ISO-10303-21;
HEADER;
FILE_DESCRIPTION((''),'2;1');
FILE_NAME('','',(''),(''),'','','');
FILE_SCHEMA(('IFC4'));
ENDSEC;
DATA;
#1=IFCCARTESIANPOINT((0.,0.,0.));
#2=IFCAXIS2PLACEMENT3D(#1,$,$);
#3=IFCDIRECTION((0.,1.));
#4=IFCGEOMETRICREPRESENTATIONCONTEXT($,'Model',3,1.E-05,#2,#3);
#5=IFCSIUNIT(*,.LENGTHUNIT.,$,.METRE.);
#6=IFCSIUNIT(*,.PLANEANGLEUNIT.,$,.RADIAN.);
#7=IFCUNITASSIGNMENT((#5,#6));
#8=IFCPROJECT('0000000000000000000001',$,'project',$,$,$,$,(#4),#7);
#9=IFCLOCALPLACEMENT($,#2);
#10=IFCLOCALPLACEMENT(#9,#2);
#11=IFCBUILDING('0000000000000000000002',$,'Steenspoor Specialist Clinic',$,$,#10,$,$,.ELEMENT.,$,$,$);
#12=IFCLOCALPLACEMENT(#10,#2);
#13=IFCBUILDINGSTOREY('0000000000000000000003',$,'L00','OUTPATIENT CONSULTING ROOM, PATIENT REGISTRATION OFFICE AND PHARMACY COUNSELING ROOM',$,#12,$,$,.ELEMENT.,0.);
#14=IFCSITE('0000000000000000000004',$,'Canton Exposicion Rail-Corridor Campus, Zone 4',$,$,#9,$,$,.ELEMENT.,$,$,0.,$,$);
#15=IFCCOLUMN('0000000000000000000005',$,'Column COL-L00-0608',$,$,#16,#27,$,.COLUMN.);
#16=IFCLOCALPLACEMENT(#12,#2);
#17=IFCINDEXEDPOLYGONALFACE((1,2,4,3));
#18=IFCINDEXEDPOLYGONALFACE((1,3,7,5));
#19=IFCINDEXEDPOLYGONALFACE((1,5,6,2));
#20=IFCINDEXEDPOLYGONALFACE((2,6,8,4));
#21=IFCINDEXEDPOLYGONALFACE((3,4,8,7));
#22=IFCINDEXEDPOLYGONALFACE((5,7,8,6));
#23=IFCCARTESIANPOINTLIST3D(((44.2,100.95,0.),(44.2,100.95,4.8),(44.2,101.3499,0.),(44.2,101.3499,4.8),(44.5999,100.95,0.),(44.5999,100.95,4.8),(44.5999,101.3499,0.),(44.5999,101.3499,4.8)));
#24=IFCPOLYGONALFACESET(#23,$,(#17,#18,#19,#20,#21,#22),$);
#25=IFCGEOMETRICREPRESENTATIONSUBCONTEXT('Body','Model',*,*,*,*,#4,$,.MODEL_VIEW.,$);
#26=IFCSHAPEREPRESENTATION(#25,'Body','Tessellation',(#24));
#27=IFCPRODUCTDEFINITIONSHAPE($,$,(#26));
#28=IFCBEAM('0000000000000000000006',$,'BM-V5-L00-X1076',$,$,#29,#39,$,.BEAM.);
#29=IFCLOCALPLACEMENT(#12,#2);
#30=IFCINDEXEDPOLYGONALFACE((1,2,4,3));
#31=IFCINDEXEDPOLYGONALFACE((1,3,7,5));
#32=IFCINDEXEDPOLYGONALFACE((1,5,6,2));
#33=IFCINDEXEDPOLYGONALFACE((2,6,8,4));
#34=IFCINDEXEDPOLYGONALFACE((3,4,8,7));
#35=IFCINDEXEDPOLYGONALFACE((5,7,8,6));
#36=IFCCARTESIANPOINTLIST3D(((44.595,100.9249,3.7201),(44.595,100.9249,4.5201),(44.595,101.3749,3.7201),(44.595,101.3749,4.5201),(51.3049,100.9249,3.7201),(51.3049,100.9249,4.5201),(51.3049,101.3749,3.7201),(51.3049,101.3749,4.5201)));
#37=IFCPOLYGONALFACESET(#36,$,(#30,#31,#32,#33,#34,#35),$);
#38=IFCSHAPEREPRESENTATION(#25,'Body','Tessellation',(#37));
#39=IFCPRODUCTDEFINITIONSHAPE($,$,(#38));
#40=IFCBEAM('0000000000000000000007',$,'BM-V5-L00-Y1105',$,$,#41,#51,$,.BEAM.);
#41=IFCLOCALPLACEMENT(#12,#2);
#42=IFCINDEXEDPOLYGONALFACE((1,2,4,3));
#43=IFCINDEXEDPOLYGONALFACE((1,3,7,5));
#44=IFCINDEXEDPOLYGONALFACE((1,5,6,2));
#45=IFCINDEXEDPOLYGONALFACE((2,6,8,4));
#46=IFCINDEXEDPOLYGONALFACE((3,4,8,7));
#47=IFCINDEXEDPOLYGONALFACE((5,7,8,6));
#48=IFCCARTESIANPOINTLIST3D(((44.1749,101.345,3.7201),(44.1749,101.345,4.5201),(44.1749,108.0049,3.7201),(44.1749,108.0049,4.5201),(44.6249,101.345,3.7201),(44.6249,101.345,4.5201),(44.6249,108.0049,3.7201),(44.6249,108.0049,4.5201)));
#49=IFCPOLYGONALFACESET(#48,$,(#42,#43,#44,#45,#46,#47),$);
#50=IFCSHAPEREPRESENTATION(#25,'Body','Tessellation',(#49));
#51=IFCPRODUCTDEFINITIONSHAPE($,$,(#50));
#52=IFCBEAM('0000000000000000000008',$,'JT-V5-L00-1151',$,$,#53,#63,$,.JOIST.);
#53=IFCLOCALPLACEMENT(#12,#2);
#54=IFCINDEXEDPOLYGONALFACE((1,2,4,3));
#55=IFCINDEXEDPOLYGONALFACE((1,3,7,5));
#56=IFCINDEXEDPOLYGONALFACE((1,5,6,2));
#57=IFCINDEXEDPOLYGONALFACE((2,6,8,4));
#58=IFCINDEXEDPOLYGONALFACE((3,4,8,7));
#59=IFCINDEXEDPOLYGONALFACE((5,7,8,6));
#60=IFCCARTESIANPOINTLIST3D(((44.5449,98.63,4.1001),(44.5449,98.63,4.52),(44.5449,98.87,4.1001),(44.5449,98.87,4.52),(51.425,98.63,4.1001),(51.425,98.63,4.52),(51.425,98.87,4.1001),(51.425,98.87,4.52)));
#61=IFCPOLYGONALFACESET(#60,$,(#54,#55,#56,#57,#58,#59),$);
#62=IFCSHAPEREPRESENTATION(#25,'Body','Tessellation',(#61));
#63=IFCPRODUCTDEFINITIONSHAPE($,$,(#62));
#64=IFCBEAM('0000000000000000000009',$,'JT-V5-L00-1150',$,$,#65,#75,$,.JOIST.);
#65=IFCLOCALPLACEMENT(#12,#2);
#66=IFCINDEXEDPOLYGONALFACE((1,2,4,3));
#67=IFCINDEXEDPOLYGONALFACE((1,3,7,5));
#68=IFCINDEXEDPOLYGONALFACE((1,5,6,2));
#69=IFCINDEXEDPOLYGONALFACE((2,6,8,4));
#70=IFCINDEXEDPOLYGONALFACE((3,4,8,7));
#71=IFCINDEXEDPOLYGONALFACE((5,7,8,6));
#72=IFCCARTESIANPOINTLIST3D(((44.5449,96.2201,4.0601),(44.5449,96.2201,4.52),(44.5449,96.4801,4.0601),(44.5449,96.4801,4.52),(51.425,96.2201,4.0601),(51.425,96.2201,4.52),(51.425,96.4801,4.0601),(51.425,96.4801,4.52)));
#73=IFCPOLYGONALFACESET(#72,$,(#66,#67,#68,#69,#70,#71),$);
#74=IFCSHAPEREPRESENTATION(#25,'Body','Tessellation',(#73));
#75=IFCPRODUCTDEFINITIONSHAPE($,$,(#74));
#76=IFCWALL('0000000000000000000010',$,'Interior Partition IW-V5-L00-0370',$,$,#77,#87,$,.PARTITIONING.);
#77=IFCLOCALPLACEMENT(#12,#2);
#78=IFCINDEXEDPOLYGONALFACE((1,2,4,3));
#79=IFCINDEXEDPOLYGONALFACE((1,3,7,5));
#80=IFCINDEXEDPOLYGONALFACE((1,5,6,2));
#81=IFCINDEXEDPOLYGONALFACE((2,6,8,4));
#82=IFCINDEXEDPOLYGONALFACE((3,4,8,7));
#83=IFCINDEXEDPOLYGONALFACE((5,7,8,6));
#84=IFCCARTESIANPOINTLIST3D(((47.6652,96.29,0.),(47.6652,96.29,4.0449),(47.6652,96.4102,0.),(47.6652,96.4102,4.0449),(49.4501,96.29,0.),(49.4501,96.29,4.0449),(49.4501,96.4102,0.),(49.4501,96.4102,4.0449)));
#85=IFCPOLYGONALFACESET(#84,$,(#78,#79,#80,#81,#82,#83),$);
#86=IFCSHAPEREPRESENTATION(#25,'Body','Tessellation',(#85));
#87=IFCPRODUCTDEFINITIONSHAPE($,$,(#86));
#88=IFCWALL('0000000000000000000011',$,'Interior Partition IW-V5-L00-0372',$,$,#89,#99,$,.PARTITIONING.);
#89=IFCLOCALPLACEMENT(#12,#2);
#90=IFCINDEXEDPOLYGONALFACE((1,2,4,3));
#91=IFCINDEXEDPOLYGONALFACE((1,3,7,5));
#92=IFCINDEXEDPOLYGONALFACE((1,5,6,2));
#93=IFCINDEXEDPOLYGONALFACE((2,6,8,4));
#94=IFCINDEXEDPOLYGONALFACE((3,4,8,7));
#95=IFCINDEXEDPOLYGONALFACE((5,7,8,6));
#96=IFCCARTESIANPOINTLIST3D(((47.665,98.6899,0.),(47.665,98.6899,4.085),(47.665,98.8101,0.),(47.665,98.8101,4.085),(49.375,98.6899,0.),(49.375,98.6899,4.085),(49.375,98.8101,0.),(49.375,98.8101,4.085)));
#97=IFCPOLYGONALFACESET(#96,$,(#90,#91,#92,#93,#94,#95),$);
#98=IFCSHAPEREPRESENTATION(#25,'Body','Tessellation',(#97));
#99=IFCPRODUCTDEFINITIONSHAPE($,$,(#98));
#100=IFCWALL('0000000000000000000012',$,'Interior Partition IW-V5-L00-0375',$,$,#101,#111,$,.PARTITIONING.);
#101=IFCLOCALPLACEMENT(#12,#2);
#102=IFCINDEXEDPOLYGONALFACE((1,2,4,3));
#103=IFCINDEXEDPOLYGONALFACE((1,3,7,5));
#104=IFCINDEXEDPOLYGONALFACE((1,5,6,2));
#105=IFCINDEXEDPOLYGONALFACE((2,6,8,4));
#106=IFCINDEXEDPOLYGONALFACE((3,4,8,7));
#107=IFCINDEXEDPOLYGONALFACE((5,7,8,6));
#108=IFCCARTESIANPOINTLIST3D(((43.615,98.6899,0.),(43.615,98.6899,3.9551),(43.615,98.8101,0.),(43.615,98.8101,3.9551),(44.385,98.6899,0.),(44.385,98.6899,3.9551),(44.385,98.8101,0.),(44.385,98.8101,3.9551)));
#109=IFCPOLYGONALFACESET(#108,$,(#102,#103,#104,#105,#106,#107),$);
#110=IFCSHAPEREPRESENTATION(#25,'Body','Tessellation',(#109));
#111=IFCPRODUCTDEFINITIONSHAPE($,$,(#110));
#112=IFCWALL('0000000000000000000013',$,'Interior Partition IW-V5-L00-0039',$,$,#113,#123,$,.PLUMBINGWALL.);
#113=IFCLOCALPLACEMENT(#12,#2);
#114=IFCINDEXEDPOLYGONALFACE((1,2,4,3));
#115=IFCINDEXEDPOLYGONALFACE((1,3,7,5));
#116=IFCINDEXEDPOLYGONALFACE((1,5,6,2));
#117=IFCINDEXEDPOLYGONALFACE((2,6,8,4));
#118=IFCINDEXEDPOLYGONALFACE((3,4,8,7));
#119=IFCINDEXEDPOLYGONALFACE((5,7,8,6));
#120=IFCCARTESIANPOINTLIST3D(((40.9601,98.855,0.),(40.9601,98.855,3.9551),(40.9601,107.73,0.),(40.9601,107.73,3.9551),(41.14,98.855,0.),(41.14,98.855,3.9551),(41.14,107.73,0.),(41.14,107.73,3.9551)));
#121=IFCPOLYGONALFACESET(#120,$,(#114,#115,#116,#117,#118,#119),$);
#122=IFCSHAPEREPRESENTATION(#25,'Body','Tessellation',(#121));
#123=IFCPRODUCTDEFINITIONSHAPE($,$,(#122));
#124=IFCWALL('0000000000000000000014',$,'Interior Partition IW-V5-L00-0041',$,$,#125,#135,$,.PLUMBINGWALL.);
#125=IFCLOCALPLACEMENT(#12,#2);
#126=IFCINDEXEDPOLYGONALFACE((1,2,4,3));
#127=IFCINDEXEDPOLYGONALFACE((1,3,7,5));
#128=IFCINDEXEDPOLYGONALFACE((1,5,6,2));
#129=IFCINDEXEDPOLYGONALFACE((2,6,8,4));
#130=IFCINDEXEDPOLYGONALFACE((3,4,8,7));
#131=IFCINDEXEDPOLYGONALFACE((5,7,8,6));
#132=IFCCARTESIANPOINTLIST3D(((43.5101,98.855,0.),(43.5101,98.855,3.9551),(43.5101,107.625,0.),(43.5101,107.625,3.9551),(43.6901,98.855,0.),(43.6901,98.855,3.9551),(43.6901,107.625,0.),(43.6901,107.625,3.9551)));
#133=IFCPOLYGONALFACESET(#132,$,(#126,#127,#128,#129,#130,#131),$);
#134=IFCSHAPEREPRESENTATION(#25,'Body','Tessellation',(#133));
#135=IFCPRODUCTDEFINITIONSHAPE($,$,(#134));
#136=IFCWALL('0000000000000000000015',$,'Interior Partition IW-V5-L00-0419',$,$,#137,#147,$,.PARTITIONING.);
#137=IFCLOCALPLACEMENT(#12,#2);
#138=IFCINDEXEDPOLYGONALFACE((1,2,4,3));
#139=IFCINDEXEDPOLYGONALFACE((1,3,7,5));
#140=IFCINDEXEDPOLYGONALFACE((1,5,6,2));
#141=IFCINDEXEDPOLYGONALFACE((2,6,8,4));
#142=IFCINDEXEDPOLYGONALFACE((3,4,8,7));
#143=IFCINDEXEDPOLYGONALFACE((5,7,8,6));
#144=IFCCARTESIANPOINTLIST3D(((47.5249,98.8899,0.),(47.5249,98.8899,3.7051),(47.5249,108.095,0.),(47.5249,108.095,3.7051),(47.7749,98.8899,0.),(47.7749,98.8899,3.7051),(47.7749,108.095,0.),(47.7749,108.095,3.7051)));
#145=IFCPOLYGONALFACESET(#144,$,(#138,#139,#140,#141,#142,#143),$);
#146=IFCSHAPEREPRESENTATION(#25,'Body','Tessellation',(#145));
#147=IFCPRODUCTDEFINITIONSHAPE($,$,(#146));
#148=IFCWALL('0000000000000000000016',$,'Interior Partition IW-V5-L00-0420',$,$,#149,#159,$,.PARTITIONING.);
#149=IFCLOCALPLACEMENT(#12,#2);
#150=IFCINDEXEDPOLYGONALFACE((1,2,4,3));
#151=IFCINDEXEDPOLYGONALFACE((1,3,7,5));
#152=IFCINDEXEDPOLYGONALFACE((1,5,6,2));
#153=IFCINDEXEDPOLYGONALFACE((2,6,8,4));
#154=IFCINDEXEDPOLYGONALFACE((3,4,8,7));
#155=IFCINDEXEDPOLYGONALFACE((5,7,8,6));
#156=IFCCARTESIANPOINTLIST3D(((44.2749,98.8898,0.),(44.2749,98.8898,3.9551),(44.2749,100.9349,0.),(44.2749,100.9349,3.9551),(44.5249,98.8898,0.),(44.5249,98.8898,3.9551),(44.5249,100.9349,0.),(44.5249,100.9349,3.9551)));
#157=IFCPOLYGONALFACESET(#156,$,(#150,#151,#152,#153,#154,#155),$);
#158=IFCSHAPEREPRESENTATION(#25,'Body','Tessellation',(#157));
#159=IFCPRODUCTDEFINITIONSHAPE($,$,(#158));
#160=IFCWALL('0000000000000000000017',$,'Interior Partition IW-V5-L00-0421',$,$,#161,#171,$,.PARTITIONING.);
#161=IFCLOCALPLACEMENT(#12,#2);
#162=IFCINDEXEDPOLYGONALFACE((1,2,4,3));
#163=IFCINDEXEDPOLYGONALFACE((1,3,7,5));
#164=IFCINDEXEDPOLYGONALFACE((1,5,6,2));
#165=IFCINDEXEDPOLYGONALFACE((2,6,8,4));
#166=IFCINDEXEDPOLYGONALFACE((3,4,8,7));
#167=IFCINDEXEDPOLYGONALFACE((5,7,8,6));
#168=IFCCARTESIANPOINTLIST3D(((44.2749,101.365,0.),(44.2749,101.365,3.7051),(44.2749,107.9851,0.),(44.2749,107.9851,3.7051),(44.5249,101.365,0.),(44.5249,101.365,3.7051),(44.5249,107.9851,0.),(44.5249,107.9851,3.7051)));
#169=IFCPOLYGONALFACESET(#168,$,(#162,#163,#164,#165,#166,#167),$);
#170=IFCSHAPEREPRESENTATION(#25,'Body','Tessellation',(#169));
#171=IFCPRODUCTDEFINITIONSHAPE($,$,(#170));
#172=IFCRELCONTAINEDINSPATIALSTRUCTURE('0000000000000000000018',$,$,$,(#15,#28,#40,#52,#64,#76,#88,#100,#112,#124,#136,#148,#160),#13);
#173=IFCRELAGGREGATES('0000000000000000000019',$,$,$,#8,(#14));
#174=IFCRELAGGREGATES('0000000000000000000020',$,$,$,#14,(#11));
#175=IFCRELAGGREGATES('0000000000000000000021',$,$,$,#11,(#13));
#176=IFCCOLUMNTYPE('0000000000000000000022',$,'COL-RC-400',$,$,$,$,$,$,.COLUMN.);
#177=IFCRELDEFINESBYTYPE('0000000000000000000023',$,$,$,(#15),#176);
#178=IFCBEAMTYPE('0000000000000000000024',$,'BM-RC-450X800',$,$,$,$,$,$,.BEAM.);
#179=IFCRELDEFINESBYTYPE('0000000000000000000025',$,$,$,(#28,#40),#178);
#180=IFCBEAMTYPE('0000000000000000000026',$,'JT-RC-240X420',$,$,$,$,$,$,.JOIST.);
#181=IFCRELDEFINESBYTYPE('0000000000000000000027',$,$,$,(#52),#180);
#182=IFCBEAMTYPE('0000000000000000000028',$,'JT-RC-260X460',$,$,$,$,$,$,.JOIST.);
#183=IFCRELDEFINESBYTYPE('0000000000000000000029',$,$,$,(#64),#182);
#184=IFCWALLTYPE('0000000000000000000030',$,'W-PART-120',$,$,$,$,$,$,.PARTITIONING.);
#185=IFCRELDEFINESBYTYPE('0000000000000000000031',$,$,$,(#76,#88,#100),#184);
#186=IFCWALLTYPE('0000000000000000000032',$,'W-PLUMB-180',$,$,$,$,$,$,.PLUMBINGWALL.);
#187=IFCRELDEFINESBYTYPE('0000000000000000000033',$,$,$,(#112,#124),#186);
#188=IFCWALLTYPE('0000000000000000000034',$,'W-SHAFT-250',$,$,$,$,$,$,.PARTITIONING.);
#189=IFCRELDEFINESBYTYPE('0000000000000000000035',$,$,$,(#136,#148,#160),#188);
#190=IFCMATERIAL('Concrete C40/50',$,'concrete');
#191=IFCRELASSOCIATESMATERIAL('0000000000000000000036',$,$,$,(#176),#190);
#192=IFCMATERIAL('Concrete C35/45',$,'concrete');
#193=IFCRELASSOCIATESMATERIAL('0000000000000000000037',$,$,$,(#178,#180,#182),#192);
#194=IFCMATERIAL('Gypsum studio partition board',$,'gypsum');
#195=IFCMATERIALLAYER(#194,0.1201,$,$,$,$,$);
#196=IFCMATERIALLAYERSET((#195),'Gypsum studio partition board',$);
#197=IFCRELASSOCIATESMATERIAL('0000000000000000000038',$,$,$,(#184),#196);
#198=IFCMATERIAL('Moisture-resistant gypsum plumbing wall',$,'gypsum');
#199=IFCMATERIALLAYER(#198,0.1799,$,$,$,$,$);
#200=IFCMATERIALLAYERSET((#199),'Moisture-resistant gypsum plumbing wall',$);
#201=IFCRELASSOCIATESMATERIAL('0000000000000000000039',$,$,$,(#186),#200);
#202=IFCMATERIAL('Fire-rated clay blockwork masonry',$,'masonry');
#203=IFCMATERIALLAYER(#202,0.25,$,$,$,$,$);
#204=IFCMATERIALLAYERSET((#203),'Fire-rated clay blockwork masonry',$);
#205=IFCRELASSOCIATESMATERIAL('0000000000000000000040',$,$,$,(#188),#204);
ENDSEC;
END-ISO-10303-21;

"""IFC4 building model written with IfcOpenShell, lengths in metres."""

from ifc_helpers import new_model, si_unit, direction, frame, frame_2d, origin, origin_2d, place, context, subcontext, project, spatial, rectangle, extrude, material, layer, layer_set, material_profile, profile_set, type_object, element, save


model = new_model("IFC4")

# Units and contexts
model_context = context("Model", 3, precision=1e-05, world=origin(), true_north=direction((0.0, 1.0)))
body_context = subcontext(model_context, "Body", "Model", "MODEL_VIEW")
ifc_project = project(units=[si_unit("LENGTHUNIT", "METRE"), si_unit("PLANEANGLEUNIT", "RADIAN")], contexts=[model_context])

# Site, building, storey
site_placement = place(None, origin())
site = spatial("IfcSite", under=ifc_project, at=site_placement, Name="Canton Exposicion Rail-Corridor Campus, Zone 4", CompositionType="ELEMENT", RefElevation=0.0)
building_placement = place(site_placement, origin())
building = spatial("IfcBuilding", under=site, at=building_placement, Name="Steenspoor Specialist Clinic", CompositionType="ELEMENT")
storey_placement = place(building_placement, origin())
storey = spatial("IfcBuildingStorey", under=building, at=storey_placement, Name="L00", Description="OUTPATIENT CONSULTING ROOM, PATIENT REGISTRATION OFFICE AND PHARMACY COUNSELING ROOM", CompositionType="ELEMENT", Elevation=0.0)

# Shared definitions
ifc_material_1 = material(Name="Concrete C35/45", Category="concrete")

# Column
ifc_material_2 = material(Name="Concrete C40/50", Category="concrete")
ifc_material_profile_1 = material_profile(ifc_material_2, rectangle(XDim=0.3999, YDim=0.3999, at=origin_2d()), Name="RC-COL-400X400")
ifc_profile_set_1 = profile_set([ifc_material_profile_1], Name="Concrete C40/50")
column_type = type_object("IfcColumnType", Name="COL-RC-400", PredefinedType="COLUMN", material=ifc_profile_set_1)
column_placement = place(storey_placement, frame((44.3999, 101.1499, 0.0), z_axis=(0.0, 0.0, 1.0), x_axis=(1.0, 0.0, 0.0)))
element("IfcColumn", 1, at=column_placement, inside=storey, type_object=column_type, Name="Column COL-L00-0608", PredefinedType="COLUMN", context=body_context, shape_type="SweptSolid", body=[
    extrude(rectangle(XDim=0.3999, YDim=0.3999, at=origin_2d()), origin(), (0.0, 0.0, 1.0), 4.8),
])

# Beams
ifc_material_profile_2 = material_profile(ifc_material_1, rectangle(XDim=0.45, YDim=0.8, at=origin_2d()), Name="RC-BM-450X800")
ifc_profile_set_2 = profile_set([ifc_material_profile_2], Name="Concrete C35/45")
beam_type_1 = type_object("IfcBeamType", Name="BM-RC-450X800", PredefinedType="BEAM", material=ifc_profile_set_2)
beam_1_placement = place(storey_placement, frame((44.595, 101.1499, 4.1201), z_axis=(1.0, 0.0, 0.0), x_axis=(0.0, 1.0, 0.0)))
element("IfcBeam", 2, at=beam_1_placement, inside=storey, type_object=beam_type_1, Name="BM-V5-L00-X1076", PredefinedType="BEAM", context=body_context, shape_type="SweptSolid", body=[
    extrude(rectangle(XDim=0.45, YDim=0.8, at=origin_2d()), origin(), (0.0, 0.0, 1.0), 6.71),
])
beam_2_placement = place(storey_placement, frame((44.3999, 101.345, 4.1201), z_axis=(0.0, 1.0, 0.0), x_axis=(-1.0, 0.0, 0.0)))
element("IfcBeam", 3, at=beam_2_placement, inside=storey, type_object=beam_type_1, Name="BM-V5-L00-Y1105", PredefinedType="BEAM", context=body_context, shape_type="SweptSolid", body=[
    extrude(rectangle(XDim=0.45, YDim=0.8, at=origin_2d()), origin(), (0.0, 0.0, 1.0), 6.6599),
])
ifc_material_profile_3 = material_profile(ifc_material_1, rectangle(XDim=0.24, YDim=0.4199, at=origin_2d()), Name="RC-JT-240X420")
ifc_profile_set_3 = profile_set([ifc_material_profile_3], Name="Concrete C35/45")
beam_type_2 = type_object("IfcBeamType", Name="JT-RC-240X420", PredefinedType="JOIST", material=ifc_profile_set_3)
beam_3_placement = place(storey_placement, frame((44.5449, 98.75, 4.3101), z_axis=(1.0, 0.0, 0.0), x_axis=(0.0, 1.0, 0.0)))
element("IfcBeam", 4, at=beam_3_placement, inside=storey, type_object=beam_type_2, Name="JT-V5-L00-1151", PredefinedType="JOIST", context=body_context, shape_type="SweptSolid", body=[
    extrude(rectangle(XDim=0.24, YDim=0.4199, at=origin_2d()), origin(), (0.0, 0.0, 1.0), 6.8801),
])
ifc_material_profile_4 = material_profile(ifc_material_1, rectangle(XDim=0.26, YDim=0.46, at=origin_2d()), Name="RC-JT-260X460")
ifc_profile_set_4 = profile_set([ifc_material_profile_4], Name="Concrete C35/45")
beam_type_3 = type_object("IfcBeamType", Name="JT-RC-260X460", PredefinedType="JOIST", material=ifc_profile_set_4)
beam_4_placement = place(storey_placement, frame((44.5449, 96.3501, 4.29), z_axis=(1.0, 0.0, 0.0), x_axis=(0.0, 1.0, 0.0)))
element("IfcBeam", 5, at=beam_4_placement, inside=storey, type_object=beam_type_3, Name="JT-V5-L00-1150", PredefinedType="JOIST", context=body_context, shape_type="SweptSolid", body=[
    extrude(rectangle(XDim=0.26, YDim=0.46, at=origin_2d()), origin(), (0.0, 0.0, 1.0), 6.8801),
])

# Walls
ifc_material_3 = material(Name="Gypsum studio partition board", Category="gypsum")
ifc_layer_1 = layer(ifc_material_3, 0.1201)
ifc_layer_set_1 = layer_set([ifc_layer_1], Name="Gypsum studio partition board")
wall_type_1 = type_object("IfcWallType", Name="W-PART-120", PredefinedType="PARTITIONING", material=ifc_layer_set_1)
wall_1_placement = place(storey_placement, frame((47.665, 96.3501, 0.0), z_axis=(0.0, 0.0, 1.0), x_axis=(1.0, 0.0, 0.0)))
element("IfcWall", 6, at=wall_1_placement, inside=storey, type_object=wall_type_1, Name="Interior Partition IW-V5-L00-0370", PredefinedType="PARTITIONING", context=body_context, shape_type="SweptSolid", body=[
    extrude(rectangle(XDim=1.7849, YDim=0.1201, at=frame_2d((0.8926, 0.0))), origin(), (0.0, 0.0, 1.0), 4.0449),
])
wall_2_placement = place(storey_placement, frame((47.665, 98.75, 0.0), z_axis=(0.0, 0.0, 1.0), x_axis=(1.0, 0.0, 0.0)))
element("IfcWall", 7, at=wall_2_placement, inside=storey, type_object=wall_type_1, Name="Interior Partition IW-V5-L00-0372", PredefinedType="PARTITIONING", context=body_context, shape_type="SweptSolid", body=[
    extrude(rectangle(XDim=1.71, YDim=0.1201, at=frame_2d((0.855, 0.0))), origin(), (0.0, 0.0, 1.0), 4.085),
])
wall_3_placement = place(storey_placement, frame((43.615, 98.75, 0.0), z_axis=(0.0, 0.0, 1.0), x_axis=(1.0, 0.0, 0.0)))
element("IfcWall", 8, at=wall_3_placement, inside=storey, type_object=wall_type_1, Name="Interior Partition IW-V5-L00-0375", PredefinedType="PARTITIONING", context=body_context, shape_type="SweptSolid", body=[
    extrude(rectangle(XDim=0.77, YDim=0.1201, at=frame_2d((0.385, 0.0))), origin(), (0.0, 0.0, 1.0), 3.9551),
])
ifc_material_4 = material(Name="Moisture-resistant gypsum plumbing wall", Category="gypsum")
ifc_layer_2 = layer(ifc_material_4, 0.1799)
ifc_layer_set_2 = layer_set([ifc_layer_2], Name="Moisture-resistant gypsum plumbing wall")
wall_type_2 = type_object("IfcWallType", Name="W-PLUMB-180", PredefinedType="PLUMBINGWALL", material=ifc_layer_set_2)
wall_4_placement = place(storey_placement, frame((41.05, 98.855, 0.0), z_axis=(0.0, 0.0, 1.0), x_axis=(0.0, 1.0, 0.0)))
element("IfcWall", 9, at=wall_4_placement, inside=storey, type_object=wall_type_2, Name="Interior Partition IW-V5-L00-0039", PredefinedType="PLUMBINGWALL", context=body_context, shape_type="SweptSolid", body=[
    extrude(rectangle(XDim=8.875, YDim=0.1799, at=frame_2d((4.4375, 0.0))), origin(), (0.0, 0.0, 1.0), 3.9551),
])
wall_5_placement = place(storey_placement, frame((43.6001, 98.855, 0.0), z_axis=(0.0, 0.0, 1.0), x_axis=(0.0, 1.0, 0.0)))
element("IfcWall", 10, at=wall_5_placement, inside=storey, type_object=wall_type_2, Name="Interior Partition IW-V5-L00-0041", PredefinedType="PLUMBINGWALL", context=body_context, shape_type="SweptSolid", body=[
    extrude(rectangle(XDim=8.77, YDim=0.1799, at=frame_2d((4.385, 0.0))), origin(), (0.0, 0.0, 1.0), 3.9551),
])

# Shared definitions
ifc_material_5 = material(Name="Fire-rated clay blockwork masonry", Category="masonry")
ifc_layer_3 = layer(ifc_material_5, 0.25)
ifc_layer_set_3 = layer_set([ifc_layer_3], Name="Fire-rated clay blockwork masonry")
wall_type_3 = type_object("IfcWallType", Name="W-SHAFT-250", PredefinedType="PARTITIONING", material=ifc_layer_set_3)

# Walls
wall_6_placement = place(storey_placement, frame((47.6499, 98.8899, 0.0), z_axis=(0.0, 0.0, 1.0), x_axis=(0.0, 1.0, 0.0)))
element("IfcWall", 11, at=wall_6_placement, inside=storey, type_object=wall_type_3, Name="Interior Partition IW-V5-L00-0419", PredefinedType="PARTITIONING", context=body_context, shape_type="SweptSolid", body=[
    extrude(rectangle(XDim=9.2051, YDim=0.25, at=frame_2d((4.6025, 0.0))), origin(), (0.0, 0.0, 1.0), 3.7051),
])
wall_7_placement = place(storey_placement, frame((44.3999, 98.8899, 0.0), z_axis=(0.0, 0.0, 1.0), x_axis=(0.0, 1.0, 0.0)))
element("IfcWall", 12, at=wall_7_placement, inside=storey, type_object=wall_type_3, Name="Interior Partition IW-V5-L00-0420", PredefinedType="PARTITIONING", context=body_context, shape_type="SweptSolid", body=[
    extrude(rectangle(XDim=2.0452, YDim=0.25, at=frame_2d((1.0225, 0.0))), origin(), (0.0, 0.0, 1.0), 3.9551),
])
wall_8_placement = place(storey_placement, frame((44.3999, 101.365, 0.0), z_axis=(0.0, 0.0, 1.0), x_axis=(0.0, 1.0, 0.0)))
element("IfcWall", 13, at=wall_8_placement, inside=storey, type_object=wall_type_3, Name="Interior Partition IW-V5-L00-0421", PredefinedType="PARTITIONING", context=body_context, shape_type="SweptSolid", body=[
    extrude(rectangle(XDim=6.6201, YDim=0.25, at=frame_2d((3.3101, 0.0))), origin(), (0.0, 0.0, 1.0), 3.7051),
])

save(model, "model.ifc")
